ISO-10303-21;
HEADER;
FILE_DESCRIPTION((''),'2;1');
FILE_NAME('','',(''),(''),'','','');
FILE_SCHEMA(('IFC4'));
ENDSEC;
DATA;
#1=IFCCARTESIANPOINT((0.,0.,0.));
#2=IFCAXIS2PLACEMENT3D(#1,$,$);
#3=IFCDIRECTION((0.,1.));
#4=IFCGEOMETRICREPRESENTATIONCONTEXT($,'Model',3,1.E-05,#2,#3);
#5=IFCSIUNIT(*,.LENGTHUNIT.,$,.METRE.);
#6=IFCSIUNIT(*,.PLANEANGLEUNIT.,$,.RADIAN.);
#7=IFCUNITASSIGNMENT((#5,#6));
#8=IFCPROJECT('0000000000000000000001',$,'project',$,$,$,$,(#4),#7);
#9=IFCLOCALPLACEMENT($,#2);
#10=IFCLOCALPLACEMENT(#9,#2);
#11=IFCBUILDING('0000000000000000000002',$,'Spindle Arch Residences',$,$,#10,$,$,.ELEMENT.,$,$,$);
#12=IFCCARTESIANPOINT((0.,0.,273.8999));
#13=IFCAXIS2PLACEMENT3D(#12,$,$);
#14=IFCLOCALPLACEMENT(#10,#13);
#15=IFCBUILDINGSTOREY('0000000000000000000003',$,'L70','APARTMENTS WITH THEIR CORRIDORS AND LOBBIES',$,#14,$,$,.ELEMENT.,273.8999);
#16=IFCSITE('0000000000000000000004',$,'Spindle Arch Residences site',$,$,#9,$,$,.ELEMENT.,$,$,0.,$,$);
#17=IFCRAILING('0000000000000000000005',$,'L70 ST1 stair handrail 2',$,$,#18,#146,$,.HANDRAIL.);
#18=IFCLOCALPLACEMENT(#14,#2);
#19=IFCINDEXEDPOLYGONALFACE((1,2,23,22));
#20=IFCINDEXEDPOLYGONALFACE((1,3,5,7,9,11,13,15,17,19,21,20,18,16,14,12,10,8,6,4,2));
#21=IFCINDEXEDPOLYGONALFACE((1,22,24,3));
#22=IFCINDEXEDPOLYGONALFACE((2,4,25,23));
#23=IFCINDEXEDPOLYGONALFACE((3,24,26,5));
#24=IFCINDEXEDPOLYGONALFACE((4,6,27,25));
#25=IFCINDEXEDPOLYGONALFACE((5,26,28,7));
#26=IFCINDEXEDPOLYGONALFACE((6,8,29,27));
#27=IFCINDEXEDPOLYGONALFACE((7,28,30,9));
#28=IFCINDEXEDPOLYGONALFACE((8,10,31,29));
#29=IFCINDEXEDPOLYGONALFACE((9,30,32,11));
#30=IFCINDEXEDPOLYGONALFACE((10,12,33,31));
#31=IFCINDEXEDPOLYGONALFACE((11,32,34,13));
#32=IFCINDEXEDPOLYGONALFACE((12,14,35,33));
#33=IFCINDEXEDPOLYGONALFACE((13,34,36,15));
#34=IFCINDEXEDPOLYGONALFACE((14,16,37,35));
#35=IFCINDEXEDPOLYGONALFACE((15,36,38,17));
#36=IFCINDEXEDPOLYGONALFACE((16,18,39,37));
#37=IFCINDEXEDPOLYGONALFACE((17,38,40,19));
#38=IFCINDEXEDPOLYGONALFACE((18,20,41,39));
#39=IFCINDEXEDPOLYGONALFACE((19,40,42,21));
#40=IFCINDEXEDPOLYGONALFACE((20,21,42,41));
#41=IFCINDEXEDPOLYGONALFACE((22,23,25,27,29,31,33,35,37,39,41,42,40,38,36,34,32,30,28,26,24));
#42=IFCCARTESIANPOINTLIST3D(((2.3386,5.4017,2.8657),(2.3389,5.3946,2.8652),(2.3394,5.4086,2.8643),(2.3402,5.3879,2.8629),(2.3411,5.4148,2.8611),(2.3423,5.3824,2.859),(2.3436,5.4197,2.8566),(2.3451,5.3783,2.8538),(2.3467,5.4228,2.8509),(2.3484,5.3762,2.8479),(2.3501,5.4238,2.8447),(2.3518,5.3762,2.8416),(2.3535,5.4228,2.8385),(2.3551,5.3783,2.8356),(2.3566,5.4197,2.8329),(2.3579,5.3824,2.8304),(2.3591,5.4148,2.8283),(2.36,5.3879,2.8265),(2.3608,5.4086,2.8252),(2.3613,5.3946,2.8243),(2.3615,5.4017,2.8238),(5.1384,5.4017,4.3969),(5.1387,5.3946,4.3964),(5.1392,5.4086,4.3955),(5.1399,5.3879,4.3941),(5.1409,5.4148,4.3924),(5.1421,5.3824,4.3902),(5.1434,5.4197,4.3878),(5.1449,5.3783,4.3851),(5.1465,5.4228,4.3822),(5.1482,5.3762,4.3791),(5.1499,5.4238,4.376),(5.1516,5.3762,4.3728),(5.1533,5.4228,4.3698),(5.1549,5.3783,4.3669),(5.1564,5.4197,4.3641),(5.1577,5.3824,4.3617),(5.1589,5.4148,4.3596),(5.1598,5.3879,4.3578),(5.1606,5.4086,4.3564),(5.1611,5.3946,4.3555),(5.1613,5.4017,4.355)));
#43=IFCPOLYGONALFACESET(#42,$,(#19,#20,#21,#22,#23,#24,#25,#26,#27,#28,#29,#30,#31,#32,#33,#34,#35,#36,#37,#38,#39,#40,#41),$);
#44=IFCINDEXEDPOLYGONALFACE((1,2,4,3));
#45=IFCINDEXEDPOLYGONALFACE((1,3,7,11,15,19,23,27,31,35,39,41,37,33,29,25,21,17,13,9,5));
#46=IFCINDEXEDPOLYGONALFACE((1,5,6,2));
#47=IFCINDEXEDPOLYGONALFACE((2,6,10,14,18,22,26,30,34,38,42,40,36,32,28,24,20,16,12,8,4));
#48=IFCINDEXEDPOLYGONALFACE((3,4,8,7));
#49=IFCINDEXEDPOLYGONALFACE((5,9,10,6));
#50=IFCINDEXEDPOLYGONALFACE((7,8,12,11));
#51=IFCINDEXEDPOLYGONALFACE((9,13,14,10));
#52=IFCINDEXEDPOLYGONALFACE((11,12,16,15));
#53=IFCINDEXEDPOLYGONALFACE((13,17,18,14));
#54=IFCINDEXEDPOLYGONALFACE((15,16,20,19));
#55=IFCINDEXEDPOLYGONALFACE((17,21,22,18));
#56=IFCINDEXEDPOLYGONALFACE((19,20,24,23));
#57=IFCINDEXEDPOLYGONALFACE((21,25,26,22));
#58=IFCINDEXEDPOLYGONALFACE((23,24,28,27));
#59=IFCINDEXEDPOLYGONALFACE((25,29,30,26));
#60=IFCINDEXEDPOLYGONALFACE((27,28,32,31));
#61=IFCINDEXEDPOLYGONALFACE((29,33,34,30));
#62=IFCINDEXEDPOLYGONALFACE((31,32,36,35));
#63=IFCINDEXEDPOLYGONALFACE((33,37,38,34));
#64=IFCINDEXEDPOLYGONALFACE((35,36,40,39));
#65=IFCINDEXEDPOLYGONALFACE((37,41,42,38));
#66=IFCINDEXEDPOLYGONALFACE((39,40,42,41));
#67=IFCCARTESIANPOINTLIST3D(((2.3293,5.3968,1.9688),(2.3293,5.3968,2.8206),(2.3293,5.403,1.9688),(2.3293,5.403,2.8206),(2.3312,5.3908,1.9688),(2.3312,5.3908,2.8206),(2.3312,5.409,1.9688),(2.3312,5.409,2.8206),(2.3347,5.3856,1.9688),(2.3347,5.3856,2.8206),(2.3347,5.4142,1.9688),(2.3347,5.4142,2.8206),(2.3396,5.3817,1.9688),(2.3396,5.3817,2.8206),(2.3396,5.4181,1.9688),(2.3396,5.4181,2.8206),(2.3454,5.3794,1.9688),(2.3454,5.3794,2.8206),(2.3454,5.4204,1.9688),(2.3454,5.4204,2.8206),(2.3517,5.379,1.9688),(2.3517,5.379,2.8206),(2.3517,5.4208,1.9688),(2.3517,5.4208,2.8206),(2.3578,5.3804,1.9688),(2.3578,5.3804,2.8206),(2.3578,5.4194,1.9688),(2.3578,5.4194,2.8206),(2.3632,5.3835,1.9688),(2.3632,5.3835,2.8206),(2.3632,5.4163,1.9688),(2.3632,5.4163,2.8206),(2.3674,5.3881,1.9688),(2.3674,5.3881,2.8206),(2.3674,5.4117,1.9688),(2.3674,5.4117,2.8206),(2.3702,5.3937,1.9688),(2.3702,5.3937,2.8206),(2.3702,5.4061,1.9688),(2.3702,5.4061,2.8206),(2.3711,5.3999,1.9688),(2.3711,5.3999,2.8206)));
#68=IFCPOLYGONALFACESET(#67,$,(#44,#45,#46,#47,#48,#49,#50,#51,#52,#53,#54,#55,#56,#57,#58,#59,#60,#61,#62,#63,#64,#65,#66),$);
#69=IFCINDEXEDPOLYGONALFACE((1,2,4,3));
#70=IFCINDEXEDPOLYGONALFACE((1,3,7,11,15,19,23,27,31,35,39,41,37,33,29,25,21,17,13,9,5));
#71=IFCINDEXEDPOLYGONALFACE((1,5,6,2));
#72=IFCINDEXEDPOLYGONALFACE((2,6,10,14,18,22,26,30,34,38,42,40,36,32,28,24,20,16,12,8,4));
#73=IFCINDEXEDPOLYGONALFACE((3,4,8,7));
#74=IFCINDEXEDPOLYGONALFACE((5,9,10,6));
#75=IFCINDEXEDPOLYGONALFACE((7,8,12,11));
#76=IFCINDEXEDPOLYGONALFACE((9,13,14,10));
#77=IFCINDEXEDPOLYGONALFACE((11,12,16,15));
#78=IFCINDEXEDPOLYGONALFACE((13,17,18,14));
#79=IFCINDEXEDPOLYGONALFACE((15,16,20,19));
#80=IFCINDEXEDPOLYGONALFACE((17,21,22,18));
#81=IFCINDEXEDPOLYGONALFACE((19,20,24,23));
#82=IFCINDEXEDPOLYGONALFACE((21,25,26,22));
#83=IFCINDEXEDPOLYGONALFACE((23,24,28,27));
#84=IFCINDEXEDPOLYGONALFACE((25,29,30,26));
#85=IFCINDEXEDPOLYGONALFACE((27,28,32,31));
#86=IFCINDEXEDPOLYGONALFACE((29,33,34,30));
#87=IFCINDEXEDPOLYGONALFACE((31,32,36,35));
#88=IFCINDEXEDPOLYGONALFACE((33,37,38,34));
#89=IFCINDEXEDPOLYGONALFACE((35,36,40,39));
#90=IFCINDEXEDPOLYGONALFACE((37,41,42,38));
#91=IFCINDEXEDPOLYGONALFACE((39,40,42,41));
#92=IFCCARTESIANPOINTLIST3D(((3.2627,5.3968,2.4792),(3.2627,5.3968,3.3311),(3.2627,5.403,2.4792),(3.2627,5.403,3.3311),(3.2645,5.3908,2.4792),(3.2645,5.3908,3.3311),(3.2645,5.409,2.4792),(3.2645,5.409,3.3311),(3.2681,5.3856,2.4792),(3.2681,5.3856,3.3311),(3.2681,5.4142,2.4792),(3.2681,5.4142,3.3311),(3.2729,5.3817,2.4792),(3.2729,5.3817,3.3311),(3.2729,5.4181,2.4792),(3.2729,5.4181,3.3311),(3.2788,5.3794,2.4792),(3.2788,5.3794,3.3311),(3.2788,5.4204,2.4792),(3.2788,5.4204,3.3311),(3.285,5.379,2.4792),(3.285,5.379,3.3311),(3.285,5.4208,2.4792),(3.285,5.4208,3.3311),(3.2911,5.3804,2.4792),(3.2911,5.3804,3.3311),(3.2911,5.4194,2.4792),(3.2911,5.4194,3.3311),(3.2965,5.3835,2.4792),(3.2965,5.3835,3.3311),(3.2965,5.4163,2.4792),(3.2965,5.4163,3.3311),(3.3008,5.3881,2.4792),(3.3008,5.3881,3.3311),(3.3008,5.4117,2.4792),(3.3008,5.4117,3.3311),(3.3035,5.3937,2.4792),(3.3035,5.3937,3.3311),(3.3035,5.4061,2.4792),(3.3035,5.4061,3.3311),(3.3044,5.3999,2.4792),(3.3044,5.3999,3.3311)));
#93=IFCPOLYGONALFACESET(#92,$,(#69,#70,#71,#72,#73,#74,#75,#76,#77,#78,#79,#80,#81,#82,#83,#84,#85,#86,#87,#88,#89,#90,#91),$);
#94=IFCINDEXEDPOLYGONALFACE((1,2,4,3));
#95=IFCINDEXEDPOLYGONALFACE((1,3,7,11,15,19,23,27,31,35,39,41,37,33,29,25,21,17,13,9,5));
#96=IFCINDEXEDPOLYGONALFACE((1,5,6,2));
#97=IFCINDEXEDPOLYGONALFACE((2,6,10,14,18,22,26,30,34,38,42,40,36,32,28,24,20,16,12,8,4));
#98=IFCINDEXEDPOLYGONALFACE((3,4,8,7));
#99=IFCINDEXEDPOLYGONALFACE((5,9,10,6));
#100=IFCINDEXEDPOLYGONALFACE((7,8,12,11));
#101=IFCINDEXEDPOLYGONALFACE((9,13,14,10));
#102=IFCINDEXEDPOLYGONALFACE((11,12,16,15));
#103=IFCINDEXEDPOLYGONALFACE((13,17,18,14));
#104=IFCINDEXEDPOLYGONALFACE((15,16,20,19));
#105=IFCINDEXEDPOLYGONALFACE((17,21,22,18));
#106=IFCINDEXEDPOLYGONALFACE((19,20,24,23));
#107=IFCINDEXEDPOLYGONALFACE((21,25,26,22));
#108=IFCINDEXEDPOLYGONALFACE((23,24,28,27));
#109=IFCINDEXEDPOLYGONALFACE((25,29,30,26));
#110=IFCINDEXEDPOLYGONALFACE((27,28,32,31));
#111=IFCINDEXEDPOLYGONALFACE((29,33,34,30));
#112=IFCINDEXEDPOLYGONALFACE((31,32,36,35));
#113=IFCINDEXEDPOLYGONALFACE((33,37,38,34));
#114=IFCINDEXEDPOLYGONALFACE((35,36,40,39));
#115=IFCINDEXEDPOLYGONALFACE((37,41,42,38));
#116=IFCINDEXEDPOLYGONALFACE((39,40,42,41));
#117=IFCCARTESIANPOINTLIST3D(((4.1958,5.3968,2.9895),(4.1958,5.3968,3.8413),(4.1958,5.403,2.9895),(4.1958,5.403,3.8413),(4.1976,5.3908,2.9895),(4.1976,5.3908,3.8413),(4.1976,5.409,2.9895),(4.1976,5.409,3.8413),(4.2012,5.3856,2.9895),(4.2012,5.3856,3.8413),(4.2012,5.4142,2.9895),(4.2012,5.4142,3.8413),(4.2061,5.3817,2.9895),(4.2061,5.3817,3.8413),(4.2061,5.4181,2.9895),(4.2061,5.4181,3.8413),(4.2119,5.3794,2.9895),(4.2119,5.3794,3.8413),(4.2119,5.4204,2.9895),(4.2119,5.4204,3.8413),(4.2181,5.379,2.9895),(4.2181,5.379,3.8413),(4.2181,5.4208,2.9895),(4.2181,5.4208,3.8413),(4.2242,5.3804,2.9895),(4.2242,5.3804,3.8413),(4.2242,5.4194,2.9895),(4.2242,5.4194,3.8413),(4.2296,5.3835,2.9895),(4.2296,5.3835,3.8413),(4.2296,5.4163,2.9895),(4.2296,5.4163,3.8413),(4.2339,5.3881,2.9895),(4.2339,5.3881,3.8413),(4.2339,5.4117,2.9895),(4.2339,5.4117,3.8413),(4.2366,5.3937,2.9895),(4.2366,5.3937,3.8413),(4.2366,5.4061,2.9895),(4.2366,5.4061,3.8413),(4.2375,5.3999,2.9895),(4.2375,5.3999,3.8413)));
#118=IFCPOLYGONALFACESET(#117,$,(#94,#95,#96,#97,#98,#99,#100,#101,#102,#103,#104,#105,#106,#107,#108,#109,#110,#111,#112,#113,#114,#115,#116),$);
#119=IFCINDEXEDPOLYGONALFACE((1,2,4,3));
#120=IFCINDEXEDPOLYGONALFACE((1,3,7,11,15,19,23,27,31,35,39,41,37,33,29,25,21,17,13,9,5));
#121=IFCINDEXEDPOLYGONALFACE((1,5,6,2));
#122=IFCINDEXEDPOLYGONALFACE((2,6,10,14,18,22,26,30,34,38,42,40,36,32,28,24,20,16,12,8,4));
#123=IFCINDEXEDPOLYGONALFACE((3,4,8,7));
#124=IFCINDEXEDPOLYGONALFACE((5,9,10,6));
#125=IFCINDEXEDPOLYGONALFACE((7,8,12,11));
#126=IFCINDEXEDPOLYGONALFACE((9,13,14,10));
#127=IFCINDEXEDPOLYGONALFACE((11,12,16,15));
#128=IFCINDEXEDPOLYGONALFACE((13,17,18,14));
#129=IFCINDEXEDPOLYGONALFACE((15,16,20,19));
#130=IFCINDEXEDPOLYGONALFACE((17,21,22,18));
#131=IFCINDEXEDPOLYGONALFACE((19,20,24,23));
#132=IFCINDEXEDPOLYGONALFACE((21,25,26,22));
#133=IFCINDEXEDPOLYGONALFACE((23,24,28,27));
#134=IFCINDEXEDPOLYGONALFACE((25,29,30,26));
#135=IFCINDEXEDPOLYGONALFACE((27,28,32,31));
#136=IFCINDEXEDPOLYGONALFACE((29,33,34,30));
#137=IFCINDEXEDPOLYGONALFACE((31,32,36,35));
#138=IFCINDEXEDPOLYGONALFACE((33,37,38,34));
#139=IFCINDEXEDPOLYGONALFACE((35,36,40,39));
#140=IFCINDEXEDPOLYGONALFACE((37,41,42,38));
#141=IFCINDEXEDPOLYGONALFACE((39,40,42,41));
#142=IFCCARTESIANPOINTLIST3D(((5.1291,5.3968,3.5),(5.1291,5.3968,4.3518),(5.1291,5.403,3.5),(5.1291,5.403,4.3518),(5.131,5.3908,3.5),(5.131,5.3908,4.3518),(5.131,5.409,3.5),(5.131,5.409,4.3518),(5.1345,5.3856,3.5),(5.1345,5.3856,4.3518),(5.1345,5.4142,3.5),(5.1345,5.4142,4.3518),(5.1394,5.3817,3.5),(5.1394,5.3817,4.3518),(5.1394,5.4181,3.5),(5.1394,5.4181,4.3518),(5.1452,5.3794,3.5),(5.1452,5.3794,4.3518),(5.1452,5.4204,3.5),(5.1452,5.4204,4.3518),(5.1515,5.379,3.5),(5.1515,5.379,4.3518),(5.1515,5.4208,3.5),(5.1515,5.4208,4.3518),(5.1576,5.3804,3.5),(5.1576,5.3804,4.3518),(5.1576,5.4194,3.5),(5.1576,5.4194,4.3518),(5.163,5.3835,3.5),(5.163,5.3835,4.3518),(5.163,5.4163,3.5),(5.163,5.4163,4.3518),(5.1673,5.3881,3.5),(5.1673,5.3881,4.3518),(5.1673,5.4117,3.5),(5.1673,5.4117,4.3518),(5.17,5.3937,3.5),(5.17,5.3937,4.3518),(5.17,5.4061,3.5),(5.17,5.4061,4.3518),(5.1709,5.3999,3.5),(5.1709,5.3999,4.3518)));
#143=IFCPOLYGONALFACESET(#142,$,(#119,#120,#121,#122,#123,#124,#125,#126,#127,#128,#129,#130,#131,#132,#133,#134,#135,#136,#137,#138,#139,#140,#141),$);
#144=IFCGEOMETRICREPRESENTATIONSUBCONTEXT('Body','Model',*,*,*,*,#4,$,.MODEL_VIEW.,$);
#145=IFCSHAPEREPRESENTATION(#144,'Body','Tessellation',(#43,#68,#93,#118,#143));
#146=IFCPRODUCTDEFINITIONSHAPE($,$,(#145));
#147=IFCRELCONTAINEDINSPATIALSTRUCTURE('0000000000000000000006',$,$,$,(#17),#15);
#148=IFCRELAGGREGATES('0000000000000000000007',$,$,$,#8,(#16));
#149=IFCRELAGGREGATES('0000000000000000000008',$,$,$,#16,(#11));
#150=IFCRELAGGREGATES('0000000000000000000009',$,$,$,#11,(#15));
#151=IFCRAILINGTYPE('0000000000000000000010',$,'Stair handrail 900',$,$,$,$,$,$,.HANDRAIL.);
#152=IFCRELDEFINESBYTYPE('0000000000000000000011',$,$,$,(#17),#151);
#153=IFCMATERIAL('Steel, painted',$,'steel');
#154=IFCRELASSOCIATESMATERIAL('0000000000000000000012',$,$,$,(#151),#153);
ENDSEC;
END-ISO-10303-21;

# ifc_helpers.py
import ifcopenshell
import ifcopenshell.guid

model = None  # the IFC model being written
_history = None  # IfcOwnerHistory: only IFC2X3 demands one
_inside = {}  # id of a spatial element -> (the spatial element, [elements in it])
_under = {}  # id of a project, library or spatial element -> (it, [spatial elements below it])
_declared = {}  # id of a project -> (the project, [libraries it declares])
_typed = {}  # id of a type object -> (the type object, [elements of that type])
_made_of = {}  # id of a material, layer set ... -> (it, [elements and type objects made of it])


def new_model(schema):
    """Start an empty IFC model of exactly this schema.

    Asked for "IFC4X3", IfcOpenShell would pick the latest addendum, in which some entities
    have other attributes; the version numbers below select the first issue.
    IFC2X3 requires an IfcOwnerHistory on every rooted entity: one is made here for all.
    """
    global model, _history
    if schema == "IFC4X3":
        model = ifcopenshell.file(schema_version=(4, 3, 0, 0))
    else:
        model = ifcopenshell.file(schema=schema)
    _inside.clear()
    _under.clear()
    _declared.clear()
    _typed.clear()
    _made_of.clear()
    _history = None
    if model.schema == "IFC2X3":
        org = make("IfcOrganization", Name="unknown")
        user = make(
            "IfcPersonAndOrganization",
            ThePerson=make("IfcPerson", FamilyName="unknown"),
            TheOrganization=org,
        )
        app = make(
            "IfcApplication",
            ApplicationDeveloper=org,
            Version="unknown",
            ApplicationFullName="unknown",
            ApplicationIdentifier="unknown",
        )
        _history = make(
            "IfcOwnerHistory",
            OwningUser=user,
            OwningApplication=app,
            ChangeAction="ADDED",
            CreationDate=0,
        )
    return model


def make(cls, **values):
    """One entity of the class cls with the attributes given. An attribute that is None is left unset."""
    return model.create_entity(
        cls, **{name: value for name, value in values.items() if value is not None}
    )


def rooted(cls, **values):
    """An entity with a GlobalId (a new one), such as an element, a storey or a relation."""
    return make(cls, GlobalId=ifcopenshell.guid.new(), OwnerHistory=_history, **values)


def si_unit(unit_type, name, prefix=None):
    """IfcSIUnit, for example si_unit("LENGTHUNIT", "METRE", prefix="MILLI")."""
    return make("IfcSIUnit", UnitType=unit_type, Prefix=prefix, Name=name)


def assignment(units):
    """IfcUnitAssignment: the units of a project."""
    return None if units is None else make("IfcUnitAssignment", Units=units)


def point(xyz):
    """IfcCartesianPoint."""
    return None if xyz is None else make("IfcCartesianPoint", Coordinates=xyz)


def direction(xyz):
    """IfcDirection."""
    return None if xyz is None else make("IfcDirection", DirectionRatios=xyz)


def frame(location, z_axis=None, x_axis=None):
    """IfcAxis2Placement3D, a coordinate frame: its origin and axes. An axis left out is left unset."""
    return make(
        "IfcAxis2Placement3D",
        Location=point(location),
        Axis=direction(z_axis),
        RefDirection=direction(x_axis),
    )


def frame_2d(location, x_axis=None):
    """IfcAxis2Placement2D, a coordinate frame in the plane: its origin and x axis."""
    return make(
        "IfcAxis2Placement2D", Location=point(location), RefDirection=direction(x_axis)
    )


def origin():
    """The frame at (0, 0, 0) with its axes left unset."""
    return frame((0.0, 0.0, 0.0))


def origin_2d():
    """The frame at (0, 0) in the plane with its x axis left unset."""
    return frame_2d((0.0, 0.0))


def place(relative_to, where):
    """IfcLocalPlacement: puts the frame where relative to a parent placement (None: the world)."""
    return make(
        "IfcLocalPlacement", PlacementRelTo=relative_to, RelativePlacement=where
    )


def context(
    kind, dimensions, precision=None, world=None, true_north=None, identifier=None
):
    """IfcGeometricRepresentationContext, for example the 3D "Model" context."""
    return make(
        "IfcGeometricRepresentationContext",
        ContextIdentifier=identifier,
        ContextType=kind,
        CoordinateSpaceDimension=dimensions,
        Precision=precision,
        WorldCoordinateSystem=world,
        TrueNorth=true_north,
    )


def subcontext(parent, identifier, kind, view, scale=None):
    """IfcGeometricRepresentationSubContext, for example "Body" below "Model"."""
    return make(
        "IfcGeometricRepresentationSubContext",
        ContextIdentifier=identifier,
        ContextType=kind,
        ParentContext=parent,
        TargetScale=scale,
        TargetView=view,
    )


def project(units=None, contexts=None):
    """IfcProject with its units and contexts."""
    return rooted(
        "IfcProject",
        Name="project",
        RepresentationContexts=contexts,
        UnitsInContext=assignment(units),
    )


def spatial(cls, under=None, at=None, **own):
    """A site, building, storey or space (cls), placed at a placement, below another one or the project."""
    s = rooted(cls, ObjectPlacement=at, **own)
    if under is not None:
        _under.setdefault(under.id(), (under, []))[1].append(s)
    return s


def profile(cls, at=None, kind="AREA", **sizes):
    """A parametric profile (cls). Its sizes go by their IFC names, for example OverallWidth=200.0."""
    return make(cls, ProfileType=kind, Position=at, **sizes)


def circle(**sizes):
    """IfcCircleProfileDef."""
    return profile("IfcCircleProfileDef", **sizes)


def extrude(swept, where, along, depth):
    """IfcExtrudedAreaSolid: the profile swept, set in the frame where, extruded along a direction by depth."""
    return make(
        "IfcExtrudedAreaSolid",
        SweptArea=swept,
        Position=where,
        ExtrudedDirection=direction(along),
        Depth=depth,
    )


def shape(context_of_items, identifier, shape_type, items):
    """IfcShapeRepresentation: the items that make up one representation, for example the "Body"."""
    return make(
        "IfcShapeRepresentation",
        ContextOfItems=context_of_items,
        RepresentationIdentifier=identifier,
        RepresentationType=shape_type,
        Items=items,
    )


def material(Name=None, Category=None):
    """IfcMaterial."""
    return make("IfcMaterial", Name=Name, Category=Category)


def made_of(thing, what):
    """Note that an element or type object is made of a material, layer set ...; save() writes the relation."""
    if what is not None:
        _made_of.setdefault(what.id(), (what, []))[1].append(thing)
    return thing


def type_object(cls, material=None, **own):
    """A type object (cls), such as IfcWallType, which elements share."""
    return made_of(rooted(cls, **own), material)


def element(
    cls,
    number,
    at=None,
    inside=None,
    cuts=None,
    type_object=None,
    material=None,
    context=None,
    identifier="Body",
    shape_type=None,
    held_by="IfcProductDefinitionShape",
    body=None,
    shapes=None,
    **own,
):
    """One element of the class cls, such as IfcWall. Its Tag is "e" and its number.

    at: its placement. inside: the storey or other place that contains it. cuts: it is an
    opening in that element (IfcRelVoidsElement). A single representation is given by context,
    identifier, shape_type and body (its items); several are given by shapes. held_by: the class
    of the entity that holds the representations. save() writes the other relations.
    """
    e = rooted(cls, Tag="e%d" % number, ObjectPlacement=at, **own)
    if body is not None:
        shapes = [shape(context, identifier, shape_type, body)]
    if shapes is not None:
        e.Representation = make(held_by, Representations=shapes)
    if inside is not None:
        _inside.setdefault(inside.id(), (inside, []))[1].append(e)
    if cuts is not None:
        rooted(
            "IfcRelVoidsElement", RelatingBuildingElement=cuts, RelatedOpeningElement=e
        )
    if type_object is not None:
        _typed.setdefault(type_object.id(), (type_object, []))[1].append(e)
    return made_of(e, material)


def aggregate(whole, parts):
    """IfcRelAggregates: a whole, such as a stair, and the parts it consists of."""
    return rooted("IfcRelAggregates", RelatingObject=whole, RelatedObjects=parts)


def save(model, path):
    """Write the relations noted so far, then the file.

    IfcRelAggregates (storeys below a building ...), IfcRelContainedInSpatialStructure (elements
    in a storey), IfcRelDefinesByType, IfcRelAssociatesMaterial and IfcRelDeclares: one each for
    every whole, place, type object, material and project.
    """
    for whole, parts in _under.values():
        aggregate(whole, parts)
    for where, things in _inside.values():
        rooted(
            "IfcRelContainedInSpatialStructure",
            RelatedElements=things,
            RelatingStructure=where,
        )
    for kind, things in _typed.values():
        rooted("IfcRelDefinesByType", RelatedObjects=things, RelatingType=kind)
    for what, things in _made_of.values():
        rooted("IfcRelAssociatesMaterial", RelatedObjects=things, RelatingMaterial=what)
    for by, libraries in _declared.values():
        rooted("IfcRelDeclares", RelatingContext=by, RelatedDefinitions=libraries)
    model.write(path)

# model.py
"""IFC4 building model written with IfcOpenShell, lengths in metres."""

from ifc_helpers import new_model, si_unit, direction, frame, origin, origin_2d, place, context, subcontext, project, spatial, circle, extrude, material, type_object, element, save


model = new_model("IFC4")

# Units and contexts
model_context = context("Model", 3, precision=1e-05, world=origin(), true_north=direction((0.0, 1.0)))
body_context = subcontext(model_context, "Body", "Model", "MODEL_VIEW")
ifc_project = project(units=[si_unit("LENGTHUNIT", "METRE"), si_unit("PLANEANGLEUNIT", "RADIAN")], contexts=[model_context])

# Site, building, storey
site_placement = place(None, origin())
site = spatial("IfcSite", under=ifc_project, at=site_placement, Name="Spindle Arch Residences site", CompositionType="ELEMENT", RefElevation=0.0)
building_placement = place(site_placement, origin())
building = spatial("IfcBuilding", under=site, at=building_placement, Name="Spindle Arch Residences", CompositionType="ELEMENT")
storey_placement = place(building_placement, frame((0.0, 0.0, 273.8999)))
storey = spatial("IfcBuildingStorey", under=building, at=storey_placement, Name="L70", Description="APARTMENTS WITH THEIR CORRIDORS AND LOBBIES", CompositionType="ELEMENT", Elevation=273.8999)

# Railing
ifc_material_1 = material(Name="Steel, painted", Category="steel")
railing_type_1 = type_object("IfcRailingType", Name="Stair handrail 900", PredefinedType="HANDRAIL", material=ifc_material_1)
railing_1_placement = place(storey_placement, frame((2.3501, 5.3999, 1.9688)))
element("IfcRailing", 1, at=railing_1_placement, inside=storey, type_object=railing_type_1, Name="L70 ST1 stair handrail 2", PredefinedType="HANDRAIL", context=body_context, shape_type="SweptSolid", body=[
    extrude(circle(Radius=0.0239, at=origin_2d()), frame((0.0, 0.0, 0.876), z_axis=(0.877357, 0.0, 0.479838), x_axis=(0.0, 1.0, 0.0)), (0.0, 0.0, 1.0), 3.1912),
    extrude(circle(Radius=0.021, at=origin_2d()), origin(), (0.0, 0.0, 1.0), 0.8518),
    extrude(circle(Radius=0.021, at=origin_2d()), frame((0.9333, 0.0, 0.5105)), (0.0, 0.0, 1.0), 0.8518),
    extrude(circle(Radius=0.021, at=origin_2d()), frame((1.8665, 0.0, 1.0208)), (0.0, 0.0, 1.0), 0.8518),
    extrude(circle(Radius=0.021, at=origin_2d()), frame((2.7998, 0.0, 1.5312)), (0.0, 0.0, 1.0), 0.8518),
])

save(model, "model.ifc")
